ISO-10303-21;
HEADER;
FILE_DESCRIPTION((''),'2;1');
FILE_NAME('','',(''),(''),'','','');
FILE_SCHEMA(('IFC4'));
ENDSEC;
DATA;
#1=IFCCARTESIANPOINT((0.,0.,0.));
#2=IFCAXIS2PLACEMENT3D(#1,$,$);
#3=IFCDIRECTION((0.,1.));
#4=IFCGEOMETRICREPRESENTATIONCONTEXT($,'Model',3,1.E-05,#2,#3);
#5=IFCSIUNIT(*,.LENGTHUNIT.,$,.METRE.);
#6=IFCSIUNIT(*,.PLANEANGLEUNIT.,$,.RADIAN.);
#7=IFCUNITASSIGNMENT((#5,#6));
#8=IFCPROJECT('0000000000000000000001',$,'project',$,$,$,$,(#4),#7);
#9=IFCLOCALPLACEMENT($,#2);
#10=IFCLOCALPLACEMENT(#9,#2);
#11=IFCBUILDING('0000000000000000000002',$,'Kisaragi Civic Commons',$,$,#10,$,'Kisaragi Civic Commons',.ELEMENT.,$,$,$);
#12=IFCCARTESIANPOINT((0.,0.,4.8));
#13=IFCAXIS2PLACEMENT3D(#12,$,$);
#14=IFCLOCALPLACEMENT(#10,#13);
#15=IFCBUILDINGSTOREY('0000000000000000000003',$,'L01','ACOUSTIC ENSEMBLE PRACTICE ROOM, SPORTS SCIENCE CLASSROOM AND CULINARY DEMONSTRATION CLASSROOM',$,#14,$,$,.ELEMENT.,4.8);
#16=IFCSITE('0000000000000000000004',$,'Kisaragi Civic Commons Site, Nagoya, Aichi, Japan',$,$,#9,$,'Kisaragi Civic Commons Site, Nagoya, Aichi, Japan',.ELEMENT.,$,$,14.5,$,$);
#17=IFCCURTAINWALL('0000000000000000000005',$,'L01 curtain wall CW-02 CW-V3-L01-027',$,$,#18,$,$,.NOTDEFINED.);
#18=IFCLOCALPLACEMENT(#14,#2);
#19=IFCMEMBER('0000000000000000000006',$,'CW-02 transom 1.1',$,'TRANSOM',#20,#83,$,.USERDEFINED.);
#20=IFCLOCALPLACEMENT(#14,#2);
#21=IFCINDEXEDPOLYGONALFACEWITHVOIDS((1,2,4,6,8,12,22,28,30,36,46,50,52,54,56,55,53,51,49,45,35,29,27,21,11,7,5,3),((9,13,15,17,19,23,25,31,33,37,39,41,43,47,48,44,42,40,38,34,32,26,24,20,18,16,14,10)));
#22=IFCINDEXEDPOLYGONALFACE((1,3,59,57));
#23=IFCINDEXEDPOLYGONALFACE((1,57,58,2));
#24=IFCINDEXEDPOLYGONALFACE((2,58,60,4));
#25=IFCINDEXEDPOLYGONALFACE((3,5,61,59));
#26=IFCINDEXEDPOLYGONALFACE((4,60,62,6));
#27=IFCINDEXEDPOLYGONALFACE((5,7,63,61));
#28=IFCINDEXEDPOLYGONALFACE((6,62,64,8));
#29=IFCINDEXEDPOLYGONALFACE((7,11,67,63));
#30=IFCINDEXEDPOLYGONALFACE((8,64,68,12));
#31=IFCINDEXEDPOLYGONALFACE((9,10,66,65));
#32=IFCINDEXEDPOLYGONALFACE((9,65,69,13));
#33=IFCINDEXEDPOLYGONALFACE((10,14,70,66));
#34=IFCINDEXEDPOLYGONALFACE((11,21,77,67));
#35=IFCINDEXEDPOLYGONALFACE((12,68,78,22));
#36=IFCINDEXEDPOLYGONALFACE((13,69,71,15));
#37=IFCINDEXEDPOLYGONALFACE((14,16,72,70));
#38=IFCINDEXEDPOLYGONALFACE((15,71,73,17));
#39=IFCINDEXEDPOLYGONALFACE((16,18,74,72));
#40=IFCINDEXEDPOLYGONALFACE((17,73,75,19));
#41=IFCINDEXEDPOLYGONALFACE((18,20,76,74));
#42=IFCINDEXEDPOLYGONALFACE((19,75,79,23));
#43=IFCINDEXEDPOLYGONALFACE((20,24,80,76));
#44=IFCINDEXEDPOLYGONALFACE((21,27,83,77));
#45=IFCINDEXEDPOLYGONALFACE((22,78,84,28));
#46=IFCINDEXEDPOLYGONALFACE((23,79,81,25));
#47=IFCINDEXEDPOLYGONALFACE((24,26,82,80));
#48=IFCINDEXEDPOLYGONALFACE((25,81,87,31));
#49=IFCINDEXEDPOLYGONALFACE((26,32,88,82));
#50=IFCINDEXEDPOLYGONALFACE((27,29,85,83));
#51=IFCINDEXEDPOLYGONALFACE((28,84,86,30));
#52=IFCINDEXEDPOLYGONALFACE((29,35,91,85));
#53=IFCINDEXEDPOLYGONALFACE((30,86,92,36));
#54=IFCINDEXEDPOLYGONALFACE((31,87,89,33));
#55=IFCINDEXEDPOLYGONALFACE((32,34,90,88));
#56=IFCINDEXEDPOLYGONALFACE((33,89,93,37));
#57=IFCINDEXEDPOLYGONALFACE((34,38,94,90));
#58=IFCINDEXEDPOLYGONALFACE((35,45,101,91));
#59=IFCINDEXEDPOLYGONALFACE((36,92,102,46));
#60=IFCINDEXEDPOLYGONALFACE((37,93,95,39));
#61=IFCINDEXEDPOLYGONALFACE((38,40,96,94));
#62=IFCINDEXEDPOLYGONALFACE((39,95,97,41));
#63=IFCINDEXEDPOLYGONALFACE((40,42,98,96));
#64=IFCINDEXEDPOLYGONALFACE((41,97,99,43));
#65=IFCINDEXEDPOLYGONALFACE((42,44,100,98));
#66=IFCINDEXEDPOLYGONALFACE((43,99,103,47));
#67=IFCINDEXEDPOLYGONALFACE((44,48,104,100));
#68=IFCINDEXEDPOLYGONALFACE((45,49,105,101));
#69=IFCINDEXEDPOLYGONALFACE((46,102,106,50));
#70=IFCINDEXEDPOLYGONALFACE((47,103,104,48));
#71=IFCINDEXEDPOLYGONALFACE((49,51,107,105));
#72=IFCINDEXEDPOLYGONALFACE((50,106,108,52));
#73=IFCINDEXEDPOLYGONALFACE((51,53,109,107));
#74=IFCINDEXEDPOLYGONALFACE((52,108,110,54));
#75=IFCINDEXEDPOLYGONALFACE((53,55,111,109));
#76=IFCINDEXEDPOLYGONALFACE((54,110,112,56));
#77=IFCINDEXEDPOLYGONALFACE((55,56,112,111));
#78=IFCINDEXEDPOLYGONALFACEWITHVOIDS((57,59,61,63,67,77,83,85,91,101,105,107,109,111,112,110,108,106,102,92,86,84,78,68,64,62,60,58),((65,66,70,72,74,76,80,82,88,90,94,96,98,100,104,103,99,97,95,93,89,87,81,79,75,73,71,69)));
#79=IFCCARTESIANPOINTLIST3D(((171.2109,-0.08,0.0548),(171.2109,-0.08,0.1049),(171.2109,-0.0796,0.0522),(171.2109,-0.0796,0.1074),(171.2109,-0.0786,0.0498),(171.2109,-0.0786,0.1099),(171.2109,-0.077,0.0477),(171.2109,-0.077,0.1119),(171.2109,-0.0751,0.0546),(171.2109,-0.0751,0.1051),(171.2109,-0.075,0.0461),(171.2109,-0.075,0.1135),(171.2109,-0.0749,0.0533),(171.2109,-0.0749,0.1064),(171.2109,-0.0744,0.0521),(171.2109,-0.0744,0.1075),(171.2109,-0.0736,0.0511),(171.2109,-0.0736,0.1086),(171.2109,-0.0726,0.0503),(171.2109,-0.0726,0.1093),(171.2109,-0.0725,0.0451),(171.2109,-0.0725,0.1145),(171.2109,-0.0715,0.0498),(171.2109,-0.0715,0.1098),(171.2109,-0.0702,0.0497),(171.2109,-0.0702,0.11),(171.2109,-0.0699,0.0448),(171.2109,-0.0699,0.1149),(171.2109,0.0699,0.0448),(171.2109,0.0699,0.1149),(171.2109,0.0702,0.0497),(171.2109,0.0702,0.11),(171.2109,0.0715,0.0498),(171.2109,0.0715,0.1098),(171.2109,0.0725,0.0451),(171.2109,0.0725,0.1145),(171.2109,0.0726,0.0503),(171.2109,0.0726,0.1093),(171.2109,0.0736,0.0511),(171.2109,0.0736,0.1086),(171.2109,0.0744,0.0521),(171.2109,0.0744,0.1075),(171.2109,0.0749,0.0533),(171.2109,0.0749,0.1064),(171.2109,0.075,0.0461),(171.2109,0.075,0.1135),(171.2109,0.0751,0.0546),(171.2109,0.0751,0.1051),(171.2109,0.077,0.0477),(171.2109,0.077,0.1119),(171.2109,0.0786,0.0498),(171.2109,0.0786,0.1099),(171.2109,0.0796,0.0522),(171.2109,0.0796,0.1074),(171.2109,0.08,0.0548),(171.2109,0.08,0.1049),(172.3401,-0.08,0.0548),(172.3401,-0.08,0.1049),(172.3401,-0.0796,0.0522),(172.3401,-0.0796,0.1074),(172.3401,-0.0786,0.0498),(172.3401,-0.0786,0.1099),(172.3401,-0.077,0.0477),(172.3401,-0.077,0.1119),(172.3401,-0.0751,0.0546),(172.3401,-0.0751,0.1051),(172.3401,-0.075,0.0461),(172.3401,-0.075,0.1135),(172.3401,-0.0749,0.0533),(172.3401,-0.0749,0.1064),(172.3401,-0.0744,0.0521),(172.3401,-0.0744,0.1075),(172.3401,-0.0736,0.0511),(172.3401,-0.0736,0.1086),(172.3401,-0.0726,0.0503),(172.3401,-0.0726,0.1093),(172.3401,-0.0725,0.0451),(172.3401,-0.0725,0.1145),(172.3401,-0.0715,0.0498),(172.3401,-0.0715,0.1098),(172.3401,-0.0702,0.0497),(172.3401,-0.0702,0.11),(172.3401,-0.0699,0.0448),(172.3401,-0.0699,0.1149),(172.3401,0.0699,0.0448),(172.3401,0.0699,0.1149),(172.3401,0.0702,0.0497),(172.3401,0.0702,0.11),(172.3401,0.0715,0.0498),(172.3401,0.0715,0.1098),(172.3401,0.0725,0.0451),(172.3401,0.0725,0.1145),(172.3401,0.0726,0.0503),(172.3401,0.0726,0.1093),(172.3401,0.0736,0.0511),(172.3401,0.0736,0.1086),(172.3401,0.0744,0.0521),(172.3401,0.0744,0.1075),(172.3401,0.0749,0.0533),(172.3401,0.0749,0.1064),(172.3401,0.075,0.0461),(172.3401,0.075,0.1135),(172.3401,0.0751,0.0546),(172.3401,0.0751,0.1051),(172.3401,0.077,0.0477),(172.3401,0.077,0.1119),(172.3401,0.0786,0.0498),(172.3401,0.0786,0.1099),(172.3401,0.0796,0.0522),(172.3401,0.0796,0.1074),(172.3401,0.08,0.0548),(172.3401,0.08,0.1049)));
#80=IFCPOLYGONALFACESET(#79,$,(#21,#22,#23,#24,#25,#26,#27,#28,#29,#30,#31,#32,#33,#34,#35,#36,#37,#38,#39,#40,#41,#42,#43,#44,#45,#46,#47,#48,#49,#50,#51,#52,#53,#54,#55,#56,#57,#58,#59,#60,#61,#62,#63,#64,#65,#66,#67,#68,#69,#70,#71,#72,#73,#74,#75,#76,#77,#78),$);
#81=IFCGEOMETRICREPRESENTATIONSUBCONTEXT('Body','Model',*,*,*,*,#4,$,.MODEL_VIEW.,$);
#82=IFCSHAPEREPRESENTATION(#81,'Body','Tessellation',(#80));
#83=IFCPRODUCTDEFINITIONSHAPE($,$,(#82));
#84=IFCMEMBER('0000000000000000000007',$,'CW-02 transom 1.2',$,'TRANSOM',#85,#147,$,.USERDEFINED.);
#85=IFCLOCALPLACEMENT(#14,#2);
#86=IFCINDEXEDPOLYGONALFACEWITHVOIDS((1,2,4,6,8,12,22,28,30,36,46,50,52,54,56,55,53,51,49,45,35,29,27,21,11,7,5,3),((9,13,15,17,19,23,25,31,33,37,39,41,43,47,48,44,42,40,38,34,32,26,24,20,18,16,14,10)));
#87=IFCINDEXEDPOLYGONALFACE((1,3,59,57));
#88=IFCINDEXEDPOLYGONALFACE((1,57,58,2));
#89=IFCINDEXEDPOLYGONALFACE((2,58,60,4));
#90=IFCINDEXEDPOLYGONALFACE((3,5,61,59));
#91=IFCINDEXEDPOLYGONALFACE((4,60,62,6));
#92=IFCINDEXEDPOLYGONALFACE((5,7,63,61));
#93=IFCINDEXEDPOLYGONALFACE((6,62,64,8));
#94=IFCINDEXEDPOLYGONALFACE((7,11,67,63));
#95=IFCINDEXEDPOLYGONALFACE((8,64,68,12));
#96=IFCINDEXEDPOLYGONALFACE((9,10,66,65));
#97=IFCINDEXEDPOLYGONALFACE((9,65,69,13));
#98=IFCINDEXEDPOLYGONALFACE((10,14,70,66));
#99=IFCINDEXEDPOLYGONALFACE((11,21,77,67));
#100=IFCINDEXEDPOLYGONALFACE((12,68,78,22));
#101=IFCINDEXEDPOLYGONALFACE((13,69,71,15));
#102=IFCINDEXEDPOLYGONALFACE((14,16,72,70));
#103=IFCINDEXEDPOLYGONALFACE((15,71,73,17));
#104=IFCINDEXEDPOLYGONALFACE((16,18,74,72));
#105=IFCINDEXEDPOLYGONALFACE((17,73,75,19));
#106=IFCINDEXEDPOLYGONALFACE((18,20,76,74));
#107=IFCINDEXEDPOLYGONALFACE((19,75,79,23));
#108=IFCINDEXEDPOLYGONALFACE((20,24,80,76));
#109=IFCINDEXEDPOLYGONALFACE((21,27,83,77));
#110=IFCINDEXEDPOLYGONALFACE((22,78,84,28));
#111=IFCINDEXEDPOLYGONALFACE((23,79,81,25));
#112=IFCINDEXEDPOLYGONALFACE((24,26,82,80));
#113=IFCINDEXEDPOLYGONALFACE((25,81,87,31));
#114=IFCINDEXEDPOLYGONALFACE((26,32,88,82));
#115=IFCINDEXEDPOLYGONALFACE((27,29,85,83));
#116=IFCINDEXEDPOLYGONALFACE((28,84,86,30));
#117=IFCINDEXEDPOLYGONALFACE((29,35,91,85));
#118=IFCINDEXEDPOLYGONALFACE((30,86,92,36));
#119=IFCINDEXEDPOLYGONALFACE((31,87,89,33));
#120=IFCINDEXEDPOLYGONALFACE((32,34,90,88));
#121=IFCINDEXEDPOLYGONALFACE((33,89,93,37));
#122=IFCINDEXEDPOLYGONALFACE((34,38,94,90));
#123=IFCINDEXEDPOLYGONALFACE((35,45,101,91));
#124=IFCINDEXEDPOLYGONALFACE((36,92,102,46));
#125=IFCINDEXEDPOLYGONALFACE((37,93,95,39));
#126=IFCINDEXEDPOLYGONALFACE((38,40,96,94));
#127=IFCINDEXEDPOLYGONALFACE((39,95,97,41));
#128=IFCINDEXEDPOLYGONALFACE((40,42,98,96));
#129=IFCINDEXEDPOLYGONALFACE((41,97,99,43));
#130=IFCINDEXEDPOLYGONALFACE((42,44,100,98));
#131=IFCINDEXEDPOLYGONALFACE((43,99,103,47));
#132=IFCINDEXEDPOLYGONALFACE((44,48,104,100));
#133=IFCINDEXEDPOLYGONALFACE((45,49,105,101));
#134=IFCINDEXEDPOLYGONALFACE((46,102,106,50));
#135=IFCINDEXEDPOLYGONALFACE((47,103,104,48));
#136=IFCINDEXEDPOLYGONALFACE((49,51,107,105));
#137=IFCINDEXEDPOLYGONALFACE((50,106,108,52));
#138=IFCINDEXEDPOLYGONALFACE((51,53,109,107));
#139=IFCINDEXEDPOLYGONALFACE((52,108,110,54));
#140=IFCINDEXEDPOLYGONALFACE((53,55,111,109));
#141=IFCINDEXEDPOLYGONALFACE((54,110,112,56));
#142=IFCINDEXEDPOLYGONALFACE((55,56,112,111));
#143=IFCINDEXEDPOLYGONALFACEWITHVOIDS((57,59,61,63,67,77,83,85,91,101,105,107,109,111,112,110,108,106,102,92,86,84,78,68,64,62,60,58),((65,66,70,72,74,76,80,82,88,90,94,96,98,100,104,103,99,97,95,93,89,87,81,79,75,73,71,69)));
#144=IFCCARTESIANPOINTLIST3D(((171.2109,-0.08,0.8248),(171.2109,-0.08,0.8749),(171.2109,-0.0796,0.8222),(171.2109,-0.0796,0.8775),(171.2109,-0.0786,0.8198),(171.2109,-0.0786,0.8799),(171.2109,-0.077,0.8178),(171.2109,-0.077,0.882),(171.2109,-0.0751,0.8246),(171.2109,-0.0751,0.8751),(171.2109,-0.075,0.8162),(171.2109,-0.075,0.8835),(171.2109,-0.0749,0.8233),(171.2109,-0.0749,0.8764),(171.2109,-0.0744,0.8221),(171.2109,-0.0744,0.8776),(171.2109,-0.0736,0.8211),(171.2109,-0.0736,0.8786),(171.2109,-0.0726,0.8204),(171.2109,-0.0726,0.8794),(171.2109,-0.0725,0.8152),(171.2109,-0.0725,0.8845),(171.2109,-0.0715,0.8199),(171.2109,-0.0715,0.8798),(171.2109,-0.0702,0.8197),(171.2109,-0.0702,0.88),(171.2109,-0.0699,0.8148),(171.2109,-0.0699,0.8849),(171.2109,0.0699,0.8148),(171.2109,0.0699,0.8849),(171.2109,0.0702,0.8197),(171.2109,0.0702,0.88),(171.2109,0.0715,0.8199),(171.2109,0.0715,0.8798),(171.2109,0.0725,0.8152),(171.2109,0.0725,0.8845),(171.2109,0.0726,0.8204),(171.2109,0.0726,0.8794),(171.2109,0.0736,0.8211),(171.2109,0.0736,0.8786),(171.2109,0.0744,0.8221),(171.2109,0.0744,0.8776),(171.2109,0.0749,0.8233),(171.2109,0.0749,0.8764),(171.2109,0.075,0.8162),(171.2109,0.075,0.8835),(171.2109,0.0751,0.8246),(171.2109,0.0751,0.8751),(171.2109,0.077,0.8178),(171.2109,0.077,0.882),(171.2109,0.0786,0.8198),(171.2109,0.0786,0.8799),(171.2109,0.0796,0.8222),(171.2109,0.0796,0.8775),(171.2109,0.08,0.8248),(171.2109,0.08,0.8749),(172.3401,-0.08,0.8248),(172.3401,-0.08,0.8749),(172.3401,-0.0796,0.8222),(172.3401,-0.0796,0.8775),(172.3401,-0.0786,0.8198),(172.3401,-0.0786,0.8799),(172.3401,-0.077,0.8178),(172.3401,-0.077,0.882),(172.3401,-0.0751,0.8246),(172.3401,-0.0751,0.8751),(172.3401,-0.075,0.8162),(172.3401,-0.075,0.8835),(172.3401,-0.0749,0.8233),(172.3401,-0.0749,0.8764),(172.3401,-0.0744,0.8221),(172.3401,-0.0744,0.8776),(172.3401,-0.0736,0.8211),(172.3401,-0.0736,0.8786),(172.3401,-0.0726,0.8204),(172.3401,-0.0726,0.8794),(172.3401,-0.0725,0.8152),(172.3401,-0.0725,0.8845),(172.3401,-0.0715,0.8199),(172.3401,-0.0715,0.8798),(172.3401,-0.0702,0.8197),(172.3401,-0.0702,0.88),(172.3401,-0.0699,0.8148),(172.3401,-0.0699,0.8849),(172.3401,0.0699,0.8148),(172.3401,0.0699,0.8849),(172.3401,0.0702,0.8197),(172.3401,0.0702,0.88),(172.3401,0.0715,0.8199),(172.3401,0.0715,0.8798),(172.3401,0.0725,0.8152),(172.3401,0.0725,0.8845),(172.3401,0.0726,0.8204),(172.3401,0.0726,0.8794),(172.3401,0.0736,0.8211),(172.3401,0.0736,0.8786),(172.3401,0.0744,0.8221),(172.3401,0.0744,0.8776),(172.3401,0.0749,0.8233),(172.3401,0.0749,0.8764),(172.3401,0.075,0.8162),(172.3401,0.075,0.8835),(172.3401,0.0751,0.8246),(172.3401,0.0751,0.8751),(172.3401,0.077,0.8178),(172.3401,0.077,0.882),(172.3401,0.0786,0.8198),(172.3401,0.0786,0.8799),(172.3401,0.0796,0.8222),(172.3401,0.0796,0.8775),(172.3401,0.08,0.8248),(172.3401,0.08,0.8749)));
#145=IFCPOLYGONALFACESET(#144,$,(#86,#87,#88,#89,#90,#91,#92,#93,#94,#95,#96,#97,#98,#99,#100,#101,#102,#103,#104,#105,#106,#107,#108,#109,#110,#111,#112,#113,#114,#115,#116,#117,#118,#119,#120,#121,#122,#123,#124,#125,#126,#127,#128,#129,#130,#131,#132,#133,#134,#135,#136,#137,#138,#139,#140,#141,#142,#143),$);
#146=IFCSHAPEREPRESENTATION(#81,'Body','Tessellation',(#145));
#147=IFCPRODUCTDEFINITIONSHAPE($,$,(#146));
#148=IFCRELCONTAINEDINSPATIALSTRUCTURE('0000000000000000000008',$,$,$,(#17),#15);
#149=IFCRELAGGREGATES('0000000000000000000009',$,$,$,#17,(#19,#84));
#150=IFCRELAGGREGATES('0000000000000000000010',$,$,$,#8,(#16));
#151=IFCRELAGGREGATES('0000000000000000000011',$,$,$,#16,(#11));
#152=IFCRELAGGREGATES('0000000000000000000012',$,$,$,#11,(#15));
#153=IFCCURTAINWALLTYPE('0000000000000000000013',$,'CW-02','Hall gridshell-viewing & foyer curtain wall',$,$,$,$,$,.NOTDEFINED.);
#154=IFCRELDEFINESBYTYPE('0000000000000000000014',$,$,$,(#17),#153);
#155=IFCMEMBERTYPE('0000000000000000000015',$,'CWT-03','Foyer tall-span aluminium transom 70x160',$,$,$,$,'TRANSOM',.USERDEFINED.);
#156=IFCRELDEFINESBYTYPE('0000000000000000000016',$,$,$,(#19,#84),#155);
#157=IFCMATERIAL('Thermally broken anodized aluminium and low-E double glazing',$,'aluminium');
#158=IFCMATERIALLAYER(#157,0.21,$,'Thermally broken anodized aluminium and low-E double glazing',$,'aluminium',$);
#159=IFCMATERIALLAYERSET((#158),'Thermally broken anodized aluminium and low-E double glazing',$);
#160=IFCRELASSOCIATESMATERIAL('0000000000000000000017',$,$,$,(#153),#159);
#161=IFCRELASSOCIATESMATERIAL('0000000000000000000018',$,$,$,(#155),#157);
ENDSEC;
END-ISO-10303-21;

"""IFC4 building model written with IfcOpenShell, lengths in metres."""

from ifc_helpers import new_model, si_unit, direction, frame, origin, origin_2d, place, context, subcontext, project, spatial, hollow_rectangle, extrude, material, layer, layer_set, material_profile, profile_set, type_object, element, aggregate, save


model = new_model("IFC4")

# Units and contexts
model_context = context("Model", 3, precision=1e-05, world=origin(), true_north=direction((0.0, 1.0)))
body_context = subcontext(model_context, "Body", "Model", "MODEL_VIEW")
ifc_project = project(units=[si_unit("LENGTHUNIT", "METRE"), si_unit("PLANEANGLEUNIT", "RADIAN")], contexts=[model_context])

# Site, building, storey
site_placement = place(None, origin())
site = spatial("IfcSite", under=ifc_project, at=site_placement, Name="Kisaragi Civic Commons Site, Nagoya, Aichi, Japan", LongName="Kisaragi Civic Commons Site, Nagoya, Aichi, Japan", CompositionType="ELEMENT", RefElevation=14.5)
building_placement = place(site_placement, origin())
building = spatial("IfcBuilding", under=site, at=building_placement, Name="Kisaragi Civic Commons", LongName="Kisaragi Civic Commons", CompositionType="ELEMENT")
storey_placement = place(building_placement, frame((0.0, 0.0, 4.8)))
storey = spatial("IfcBuildingStorey", under=building, at=storey_placement, Name="L01", Description="ACOUSTIC ENSEMBLE PRACTICE ROOM, SPORTS SCIENCE CLASSROOM AND CULINARY DEMONSTRATION CLASSROOM", CompositionType="ELEMENT", Elevation=4.8)

# Curtain wall, members
ifc_material_1 = material(Name="Thermally broken anodized aluminium and low-E double glazing", Category="aluminium")
ifc_layer_1 = layer(ifc_material_1, 0.21, Name="Thermally broken anodized aluminium and low-E double glazing", Category="aluminium")
ifc_layer_set_1 = layer_set([ifc_layer_1], Name="Thermally broken anodized aluminium and low-E double glazing")
curtain_wall_type = type_object("IfcCurtainWallType", Name="CW-02", Description="Hall gridshell-viewing & foyer curtain wall", PredefinedType="NOTDEFINED", material=ifc_layer_set_1)
curtain_wall_placement = place(storey_placement, origin())
curtain_wall = element("IfcCurtainWall", 1, at=curtain_wall_placement, inside=storey, type_object=curtain_wall_type, Name="L01 curtain wall CW-02 CW-V3-L01-027", PredefinedType="NOTDEFINED")
ifc_material_profile_1 = material_profile(ifc_material_1, hollow_rectangle(XDim=0.1599, YDim=0.0701, WallThickness=0.0049, InnerFilletRadius=0.0049, OuterFilletRadius=0.01, at=origin_2d()), Name="CWT-70x160x5", Category="aluminium")
ifc_profile_set_1 = profile_set([ifc_material_profile_1], Name="Thermally broken anodized aluminium and low-E double glazing")
member_type_1 = type_object("IfcMemberType", Name="CWT-03", Description="Foyer tall-span aluminium transom 70x160", ElementType="TRANSOM", PredefinedType="USERDEFINED", material=ifc_profile_set_1)
member_1_placement = place(storey_placement, frame((172.3401, 0.0, 0.0798), z_axis=(-1.0, 0.0, 0.0), x_axis=(0.0, -1.0, 0.0)))
member_1 = element("IfcMember", 2, at=member_1_placement, type_object=member_type_1, Name="CW-02 transom 1.1", ObjectType="TRANSOM", PredefinedType="USERDEFINED", context=body_context, shape_type="SweptSolid", body=[
    extrude(hollow_rectangle(XDim=0.1599, YDim=0.0701, WallThickness=0.0049, InnerFilletRadius=0.0049, OuterFilletRadius=0.01, at=origin_2d()), origin(), (0.0, 0.0, 1.0), 1.1292),
])
member_2_placement = place(storey_placement, frame((172.3401, 0.0, 0.8499), z_axis=(-1.0, 0.0, 0.0), x_axis=(0.0, -1.0, 0.0)))
member_2 = element("IfcMember", 3, at=member_2_placement, type_object=member_type_1, Name="CW-02 transom 1.2", ObjectType="TRANSOM", PredefinedType="USERDEFINED", context=body_context, shape_type="SweptSolid", body=[
    extrude(hollow_rectangle(XDim=0.1599, YDim=0.0701, WallThickness=0.0049, InnerFilletRadius=0.0049, OuterFilletRadius=0.01, at=origin_2d()), origin(), (0.0, 0.0, 1.0), 1.1292),
])

aggregate(curtain_wall, [member_1, member_2])

save(model, "model.ifc")
